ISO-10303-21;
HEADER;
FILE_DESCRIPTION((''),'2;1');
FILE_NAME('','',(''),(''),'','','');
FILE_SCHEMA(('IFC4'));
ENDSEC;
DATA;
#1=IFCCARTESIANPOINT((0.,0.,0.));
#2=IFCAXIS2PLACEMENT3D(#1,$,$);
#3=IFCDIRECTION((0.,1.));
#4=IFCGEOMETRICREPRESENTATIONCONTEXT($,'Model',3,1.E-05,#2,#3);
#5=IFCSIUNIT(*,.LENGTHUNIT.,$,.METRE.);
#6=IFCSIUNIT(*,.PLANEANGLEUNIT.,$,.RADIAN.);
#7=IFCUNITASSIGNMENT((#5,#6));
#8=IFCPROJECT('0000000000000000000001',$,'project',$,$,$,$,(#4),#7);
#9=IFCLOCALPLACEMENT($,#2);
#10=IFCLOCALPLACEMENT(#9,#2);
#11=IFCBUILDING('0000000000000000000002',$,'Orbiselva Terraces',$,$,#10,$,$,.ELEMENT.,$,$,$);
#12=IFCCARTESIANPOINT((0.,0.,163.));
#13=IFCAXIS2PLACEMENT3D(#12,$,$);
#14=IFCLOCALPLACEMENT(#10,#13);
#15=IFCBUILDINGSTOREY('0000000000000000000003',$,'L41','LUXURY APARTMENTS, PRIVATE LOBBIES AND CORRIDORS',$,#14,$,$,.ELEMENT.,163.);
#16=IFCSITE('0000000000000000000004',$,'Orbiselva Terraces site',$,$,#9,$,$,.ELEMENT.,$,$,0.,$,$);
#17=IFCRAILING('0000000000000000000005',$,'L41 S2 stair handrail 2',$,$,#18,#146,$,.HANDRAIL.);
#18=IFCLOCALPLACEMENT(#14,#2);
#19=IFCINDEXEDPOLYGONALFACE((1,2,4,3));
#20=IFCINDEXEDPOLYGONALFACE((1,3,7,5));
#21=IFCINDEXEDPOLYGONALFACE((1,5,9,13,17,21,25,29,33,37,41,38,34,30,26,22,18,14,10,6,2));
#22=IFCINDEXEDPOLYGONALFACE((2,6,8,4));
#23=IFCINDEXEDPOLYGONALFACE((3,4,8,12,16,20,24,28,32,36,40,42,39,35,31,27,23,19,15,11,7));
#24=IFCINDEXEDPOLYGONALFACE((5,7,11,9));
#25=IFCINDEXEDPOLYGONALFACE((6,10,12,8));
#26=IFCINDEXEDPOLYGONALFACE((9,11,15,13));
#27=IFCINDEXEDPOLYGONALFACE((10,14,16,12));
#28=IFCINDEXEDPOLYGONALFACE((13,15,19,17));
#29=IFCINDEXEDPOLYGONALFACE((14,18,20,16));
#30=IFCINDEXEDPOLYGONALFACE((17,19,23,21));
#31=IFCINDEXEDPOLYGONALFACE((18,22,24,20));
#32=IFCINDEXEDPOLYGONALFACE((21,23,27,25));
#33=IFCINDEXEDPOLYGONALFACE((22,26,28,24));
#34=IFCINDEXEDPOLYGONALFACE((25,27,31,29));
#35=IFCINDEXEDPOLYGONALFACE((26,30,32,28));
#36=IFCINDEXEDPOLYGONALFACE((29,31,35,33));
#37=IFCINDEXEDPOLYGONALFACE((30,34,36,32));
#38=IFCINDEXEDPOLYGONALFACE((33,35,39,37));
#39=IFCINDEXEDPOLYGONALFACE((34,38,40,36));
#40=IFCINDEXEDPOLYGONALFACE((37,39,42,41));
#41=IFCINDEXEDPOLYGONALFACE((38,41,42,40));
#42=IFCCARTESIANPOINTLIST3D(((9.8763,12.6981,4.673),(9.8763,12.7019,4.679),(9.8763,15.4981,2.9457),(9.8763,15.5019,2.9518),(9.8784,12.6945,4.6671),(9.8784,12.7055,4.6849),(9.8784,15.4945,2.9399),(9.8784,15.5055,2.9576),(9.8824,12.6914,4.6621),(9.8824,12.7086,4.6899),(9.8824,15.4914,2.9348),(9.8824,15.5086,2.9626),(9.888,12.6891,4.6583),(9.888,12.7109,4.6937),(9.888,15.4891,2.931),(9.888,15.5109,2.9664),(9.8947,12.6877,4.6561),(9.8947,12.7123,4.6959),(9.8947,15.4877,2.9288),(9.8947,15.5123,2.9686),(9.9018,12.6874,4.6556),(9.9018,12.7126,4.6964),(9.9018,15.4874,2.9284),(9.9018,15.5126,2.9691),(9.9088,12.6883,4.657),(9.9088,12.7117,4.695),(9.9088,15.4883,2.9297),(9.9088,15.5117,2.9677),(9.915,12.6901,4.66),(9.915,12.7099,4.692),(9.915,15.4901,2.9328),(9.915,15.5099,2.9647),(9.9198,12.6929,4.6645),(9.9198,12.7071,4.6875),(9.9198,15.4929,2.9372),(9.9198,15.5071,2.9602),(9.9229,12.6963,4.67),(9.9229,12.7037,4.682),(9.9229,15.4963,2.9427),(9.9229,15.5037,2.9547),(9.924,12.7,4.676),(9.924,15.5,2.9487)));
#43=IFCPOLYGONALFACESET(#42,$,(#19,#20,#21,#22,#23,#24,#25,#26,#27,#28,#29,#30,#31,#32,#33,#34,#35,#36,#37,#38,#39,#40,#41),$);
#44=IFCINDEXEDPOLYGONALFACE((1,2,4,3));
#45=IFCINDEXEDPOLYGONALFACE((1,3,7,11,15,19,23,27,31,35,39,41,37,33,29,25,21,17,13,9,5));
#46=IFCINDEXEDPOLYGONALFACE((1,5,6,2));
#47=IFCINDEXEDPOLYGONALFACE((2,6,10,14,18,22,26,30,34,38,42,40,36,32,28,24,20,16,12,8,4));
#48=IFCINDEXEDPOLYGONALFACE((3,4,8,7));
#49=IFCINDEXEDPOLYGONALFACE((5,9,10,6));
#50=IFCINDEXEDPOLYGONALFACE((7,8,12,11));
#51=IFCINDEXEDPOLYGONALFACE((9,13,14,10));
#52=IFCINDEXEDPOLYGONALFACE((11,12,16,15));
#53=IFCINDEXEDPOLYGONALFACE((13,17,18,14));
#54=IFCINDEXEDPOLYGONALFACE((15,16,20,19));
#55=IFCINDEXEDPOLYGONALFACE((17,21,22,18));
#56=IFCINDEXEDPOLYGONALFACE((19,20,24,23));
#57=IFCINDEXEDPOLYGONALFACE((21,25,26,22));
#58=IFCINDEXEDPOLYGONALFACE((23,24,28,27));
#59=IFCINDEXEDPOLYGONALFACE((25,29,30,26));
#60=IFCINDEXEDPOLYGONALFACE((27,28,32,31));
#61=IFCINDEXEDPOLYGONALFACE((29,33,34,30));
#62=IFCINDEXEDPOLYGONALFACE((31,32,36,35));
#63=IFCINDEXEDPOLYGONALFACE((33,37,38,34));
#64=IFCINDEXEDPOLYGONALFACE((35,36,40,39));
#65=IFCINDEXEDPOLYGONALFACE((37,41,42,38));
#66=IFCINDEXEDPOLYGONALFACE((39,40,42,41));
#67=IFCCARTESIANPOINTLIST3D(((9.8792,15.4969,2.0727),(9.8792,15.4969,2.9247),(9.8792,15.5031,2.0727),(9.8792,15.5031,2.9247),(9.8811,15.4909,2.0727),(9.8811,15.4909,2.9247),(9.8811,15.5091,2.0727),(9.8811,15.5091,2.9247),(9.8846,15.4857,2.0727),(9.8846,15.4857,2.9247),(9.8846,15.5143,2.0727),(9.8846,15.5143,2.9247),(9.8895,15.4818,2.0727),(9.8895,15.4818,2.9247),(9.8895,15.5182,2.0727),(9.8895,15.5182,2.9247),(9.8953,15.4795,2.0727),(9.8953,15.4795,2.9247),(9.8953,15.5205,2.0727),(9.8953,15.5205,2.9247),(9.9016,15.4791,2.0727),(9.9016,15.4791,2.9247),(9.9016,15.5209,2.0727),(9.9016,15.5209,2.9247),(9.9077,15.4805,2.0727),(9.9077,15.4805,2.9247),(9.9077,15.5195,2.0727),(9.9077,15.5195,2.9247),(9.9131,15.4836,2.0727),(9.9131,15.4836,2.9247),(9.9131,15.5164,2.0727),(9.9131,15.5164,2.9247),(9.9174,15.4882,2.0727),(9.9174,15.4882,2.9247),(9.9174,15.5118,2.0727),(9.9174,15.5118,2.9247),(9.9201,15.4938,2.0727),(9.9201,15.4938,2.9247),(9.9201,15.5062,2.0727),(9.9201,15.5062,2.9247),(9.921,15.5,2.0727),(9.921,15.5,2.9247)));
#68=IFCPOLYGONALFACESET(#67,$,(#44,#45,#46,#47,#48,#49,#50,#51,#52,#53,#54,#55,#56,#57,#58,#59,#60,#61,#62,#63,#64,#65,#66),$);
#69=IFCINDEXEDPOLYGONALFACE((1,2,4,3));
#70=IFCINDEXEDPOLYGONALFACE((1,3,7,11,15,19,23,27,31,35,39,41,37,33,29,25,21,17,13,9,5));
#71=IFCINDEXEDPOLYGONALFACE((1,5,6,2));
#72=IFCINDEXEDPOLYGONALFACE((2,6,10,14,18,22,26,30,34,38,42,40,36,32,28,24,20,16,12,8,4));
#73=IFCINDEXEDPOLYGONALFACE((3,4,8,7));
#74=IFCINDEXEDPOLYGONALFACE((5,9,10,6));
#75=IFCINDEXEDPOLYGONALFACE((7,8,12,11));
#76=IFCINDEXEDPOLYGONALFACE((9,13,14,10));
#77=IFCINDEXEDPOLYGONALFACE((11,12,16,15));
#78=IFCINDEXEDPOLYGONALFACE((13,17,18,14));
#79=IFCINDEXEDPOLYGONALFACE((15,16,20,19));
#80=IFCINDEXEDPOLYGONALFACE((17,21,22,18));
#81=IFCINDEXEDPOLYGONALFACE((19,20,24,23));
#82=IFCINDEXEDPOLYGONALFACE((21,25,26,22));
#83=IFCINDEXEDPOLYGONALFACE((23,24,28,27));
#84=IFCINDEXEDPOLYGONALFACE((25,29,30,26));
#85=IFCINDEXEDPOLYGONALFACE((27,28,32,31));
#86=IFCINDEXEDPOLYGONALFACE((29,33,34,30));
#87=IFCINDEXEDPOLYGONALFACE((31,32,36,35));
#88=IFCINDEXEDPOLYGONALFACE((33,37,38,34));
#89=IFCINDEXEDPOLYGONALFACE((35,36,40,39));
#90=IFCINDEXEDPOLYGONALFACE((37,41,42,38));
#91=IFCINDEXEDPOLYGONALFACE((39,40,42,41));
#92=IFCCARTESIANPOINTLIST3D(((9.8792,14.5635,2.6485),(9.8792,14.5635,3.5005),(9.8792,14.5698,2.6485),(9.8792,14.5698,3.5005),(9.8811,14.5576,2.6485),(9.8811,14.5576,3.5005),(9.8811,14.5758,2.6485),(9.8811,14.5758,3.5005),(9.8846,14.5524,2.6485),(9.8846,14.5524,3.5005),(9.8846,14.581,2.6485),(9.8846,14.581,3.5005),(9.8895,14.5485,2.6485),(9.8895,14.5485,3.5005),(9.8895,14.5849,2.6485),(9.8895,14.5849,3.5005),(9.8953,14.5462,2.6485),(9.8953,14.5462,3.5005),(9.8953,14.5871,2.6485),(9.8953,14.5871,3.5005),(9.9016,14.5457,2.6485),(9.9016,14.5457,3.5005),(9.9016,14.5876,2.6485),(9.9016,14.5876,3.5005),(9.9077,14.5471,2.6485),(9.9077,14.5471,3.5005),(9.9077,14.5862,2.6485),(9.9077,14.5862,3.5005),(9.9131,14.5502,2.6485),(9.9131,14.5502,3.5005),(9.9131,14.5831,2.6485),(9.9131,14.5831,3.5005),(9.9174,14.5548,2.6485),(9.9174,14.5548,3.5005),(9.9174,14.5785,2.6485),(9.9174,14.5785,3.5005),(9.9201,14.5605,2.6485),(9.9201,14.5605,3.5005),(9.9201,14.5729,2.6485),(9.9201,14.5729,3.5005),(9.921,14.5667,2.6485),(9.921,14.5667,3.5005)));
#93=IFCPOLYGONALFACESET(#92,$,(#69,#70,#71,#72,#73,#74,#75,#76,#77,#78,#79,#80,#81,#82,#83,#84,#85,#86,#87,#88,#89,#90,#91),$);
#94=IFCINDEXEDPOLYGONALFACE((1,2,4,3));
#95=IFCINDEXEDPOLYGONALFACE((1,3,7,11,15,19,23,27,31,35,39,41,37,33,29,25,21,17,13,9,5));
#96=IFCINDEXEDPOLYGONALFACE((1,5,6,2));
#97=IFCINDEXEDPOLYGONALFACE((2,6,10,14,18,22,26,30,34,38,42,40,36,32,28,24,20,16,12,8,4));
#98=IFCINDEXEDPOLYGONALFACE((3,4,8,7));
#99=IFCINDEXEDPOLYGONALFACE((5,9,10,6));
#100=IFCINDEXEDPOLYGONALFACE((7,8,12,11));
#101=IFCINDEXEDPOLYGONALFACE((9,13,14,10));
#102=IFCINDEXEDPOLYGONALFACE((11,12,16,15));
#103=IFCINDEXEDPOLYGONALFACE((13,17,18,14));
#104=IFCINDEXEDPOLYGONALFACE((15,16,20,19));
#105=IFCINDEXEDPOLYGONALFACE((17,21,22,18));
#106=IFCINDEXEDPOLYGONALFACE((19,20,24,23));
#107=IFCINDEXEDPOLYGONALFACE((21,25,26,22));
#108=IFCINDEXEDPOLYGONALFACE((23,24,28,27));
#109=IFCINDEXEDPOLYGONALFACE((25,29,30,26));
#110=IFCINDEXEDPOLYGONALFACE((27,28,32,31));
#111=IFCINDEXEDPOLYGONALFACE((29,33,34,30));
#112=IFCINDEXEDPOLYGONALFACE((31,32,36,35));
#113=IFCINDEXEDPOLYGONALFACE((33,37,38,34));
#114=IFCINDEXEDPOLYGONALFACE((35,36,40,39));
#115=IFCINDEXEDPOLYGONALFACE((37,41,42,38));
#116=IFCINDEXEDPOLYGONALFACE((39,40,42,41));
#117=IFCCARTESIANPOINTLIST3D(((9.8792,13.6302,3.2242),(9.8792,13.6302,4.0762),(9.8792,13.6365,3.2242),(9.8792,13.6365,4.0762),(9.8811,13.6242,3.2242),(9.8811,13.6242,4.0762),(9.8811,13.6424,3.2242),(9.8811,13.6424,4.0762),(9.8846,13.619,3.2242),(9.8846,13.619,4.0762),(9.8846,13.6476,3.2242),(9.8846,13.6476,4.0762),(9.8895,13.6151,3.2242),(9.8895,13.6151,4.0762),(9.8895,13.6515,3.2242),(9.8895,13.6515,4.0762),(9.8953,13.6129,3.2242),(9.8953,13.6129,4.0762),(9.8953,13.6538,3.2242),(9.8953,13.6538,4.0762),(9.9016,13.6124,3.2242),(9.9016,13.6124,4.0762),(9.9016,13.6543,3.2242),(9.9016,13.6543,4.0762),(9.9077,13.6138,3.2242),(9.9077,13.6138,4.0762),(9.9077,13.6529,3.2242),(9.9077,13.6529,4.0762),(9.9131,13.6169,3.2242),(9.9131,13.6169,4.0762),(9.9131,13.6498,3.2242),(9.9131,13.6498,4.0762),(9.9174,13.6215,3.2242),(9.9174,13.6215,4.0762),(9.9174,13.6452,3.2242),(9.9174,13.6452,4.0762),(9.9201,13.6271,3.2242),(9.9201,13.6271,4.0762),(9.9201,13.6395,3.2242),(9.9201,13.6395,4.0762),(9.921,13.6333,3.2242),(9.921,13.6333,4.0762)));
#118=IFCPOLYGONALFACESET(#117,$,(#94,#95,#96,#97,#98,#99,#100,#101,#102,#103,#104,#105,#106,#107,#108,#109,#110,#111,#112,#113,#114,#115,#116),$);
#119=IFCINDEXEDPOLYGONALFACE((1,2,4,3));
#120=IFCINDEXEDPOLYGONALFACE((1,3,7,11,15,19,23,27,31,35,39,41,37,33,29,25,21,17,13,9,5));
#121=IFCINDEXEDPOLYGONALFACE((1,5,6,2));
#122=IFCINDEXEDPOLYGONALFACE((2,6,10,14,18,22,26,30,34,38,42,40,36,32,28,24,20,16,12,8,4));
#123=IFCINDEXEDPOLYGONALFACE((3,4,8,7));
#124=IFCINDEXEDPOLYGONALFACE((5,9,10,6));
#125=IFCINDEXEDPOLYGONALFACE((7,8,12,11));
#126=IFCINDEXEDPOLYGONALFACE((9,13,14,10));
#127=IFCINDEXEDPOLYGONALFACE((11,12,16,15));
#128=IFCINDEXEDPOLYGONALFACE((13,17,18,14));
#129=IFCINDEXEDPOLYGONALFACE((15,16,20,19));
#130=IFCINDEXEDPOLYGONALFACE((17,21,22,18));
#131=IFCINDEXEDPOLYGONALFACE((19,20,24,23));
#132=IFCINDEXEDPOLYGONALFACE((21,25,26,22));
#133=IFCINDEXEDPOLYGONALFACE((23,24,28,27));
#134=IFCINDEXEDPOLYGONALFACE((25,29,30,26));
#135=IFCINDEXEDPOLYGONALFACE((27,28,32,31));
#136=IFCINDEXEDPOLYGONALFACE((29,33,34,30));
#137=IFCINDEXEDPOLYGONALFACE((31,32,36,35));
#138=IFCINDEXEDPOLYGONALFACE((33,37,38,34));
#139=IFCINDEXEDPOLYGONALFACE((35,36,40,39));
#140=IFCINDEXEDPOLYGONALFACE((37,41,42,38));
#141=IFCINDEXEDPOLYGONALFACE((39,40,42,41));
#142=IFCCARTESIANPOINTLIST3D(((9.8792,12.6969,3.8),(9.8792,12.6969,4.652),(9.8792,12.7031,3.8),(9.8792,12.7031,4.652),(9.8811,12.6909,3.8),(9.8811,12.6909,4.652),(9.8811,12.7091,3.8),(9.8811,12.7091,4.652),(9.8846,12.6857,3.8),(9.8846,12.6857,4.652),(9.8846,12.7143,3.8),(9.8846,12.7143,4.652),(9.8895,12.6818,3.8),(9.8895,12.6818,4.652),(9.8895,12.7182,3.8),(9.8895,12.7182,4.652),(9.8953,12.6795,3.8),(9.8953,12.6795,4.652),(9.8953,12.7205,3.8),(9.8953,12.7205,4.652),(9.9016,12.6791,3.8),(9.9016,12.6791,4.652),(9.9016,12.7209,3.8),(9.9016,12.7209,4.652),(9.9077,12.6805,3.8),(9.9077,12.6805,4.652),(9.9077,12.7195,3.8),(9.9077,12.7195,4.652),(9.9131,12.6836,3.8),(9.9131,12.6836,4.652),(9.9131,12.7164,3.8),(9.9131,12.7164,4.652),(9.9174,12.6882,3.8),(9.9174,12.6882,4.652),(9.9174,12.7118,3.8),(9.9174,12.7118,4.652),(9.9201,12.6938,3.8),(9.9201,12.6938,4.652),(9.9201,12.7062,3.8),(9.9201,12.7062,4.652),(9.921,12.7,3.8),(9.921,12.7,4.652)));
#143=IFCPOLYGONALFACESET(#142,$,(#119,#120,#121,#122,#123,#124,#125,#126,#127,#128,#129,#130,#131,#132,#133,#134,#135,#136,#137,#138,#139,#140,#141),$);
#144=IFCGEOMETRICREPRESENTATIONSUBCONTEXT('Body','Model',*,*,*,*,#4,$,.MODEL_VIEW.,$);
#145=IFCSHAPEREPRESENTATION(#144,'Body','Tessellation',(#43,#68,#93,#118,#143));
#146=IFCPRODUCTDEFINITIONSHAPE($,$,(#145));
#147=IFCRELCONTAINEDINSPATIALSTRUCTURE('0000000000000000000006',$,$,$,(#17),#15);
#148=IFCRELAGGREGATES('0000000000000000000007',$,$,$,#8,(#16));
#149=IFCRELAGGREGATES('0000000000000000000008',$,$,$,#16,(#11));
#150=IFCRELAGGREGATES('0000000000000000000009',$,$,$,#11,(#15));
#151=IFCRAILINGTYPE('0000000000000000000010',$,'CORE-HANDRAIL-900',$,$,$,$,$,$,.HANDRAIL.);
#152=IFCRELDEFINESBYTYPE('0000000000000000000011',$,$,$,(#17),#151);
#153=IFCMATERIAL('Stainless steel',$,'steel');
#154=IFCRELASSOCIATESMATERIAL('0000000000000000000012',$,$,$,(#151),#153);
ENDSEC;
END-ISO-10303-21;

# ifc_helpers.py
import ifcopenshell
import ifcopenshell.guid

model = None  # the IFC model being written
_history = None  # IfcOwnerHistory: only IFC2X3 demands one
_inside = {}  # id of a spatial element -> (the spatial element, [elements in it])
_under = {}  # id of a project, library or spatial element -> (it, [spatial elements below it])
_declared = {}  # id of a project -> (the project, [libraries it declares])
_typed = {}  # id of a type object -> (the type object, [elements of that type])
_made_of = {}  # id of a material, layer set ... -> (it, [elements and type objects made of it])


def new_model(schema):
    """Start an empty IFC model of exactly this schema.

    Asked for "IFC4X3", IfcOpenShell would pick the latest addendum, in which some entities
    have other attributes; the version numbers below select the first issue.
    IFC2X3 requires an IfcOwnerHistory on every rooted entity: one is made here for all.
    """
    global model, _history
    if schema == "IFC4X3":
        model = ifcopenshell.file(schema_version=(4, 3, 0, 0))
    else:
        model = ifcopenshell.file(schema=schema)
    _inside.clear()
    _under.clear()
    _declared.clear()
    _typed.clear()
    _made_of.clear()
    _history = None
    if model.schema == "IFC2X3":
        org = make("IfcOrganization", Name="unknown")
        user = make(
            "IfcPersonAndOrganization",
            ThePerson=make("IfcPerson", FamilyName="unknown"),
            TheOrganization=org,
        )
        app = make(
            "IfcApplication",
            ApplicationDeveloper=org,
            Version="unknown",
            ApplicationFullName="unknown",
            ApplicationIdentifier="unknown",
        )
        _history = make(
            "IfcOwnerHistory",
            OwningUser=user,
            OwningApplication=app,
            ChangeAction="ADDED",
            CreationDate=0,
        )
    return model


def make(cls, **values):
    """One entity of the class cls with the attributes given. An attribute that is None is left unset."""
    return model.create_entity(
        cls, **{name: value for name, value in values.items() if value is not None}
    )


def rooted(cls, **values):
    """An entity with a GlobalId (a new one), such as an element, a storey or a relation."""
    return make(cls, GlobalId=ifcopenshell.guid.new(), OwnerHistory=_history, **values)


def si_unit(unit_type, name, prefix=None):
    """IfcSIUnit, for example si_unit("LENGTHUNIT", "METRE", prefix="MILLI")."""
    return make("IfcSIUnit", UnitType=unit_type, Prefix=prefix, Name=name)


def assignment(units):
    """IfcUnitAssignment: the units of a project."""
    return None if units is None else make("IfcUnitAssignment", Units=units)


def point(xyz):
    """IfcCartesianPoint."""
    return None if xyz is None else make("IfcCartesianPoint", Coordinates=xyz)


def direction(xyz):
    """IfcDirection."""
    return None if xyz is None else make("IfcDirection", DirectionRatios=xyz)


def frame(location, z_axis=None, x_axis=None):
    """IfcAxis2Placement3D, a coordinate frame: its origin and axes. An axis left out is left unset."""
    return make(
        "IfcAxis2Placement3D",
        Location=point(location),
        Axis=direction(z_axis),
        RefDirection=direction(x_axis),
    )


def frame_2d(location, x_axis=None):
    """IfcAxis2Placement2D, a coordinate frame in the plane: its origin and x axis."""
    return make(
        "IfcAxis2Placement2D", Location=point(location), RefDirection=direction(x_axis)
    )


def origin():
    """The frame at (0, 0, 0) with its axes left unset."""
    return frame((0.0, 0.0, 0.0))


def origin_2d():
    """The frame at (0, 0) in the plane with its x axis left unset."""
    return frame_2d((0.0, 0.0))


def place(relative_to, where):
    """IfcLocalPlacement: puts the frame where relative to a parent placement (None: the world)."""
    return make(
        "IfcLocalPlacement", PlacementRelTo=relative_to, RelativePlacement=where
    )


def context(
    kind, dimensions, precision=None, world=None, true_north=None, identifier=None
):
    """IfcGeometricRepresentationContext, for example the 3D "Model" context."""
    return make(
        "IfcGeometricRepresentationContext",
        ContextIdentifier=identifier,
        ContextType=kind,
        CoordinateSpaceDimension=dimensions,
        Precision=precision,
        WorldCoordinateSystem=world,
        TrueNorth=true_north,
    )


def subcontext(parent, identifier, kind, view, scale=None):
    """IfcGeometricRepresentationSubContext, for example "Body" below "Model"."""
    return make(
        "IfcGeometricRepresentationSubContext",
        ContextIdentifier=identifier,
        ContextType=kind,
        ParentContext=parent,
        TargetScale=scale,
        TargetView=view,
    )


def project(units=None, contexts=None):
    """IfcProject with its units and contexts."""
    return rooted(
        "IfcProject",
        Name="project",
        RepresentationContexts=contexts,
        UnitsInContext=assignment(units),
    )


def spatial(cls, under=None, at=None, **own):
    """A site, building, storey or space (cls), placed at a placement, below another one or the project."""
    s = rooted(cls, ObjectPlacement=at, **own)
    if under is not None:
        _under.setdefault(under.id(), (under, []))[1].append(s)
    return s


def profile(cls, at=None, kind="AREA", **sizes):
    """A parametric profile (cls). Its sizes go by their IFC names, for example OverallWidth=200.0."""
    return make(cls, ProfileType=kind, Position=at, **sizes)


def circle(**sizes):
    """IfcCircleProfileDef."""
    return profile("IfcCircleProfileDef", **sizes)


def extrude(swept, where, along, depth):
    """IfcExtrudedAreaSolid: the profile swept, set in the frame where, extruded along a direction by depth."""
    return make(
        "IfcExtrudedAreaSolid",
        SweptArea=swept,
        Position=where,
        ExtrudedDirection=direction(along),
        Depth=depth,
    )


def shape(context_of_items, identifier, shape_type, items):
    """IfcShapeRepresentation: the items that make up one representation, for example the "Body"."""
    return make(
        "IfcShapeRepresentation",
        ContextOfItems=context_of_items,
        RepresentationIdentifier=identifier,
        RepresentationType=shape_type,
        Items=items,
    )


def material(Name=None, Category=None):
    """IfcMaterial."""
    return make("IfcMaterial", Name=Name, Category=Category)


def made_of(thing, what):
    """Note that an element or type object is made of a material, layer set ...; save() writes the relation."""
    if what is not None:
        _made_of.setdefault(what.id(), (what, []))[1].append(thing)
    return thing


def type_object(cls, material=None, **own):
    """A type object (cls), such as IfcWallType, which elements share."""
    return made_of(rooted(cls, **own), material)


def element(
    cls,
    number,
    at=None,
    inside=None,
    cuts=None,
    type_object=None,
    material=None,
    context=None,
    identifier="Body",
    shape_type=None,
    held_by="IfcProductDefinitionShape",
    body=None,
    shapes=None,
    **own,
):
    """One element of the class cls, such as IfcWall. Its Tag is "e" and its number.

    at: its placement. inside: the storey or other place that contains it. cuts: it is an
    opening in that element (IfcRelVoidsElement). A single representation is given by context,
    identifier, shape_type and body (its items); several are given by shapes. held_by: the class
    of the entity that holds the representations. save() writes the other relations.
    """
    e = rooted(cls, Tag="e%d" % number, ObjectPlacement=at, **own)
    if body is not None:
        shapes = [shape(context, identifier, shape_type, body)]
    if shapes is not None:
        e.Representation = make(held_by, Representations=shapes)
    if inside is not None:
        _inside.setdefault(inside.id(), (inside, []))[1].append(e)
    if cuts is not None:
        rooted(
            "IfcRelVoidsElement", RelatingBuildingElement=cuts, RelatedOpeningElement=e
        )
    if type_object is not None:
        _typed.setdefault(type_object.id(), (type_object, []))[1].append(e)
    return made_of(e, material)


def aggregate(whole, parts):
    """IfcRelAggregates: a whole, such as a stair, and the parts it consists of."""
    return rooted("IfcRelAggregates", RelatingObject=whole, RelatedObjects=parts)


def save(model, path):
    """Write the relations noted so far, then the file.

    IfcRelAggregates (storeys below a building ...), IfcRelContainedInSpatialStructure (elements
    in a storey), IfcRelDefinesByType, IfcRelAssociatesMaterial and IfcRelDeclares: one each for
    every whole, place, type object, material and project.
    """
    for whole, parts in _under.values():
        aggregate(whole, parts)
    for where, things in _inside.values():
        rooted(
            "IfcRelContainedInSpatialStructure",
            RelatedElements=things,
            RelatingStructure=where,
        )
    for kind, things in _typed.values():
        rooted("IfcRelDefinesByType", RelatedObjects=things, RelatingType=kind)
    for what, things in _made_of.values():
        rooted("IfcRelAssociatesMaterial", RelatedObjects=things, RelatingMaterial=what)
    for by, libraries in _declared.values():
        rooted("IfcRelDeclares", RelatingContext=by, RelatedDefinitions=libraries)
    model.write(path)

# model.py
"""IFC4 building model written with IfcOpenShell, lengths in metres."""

from ifc_helpers import new_model, si_unit, direction, frame, origin, origin_2d, place, context, subcontext, project, spatial, circle, extrude, material, type_object, element, save


model = new_model("IFC4")

# Units and contexts
model_context = context("Model", 3, precision=1e-05, world=origin(), true_north=direction((0.0, 1.0)))
body_context = subcontext(model_context, "Body", "Model", "MODEL_VIEW")
ifc_project = project(units=[si_unit("LENGTHUNIT", "METRE"), si_unit("PLANEANGLEUNIT", "RADIAN")], contexts=[model_context])

# Site, building, storey
site_placement = place(None, origin())
site = spatial("IfcSite", under=ifc_project, at=site_placement, Name="Orbiselva Terraces site", CompositionType="ELEMENT", RefElevation=0.0)
building_placement = place(site_placement, origin())
building = spatial("IfcBuilding", under=site, at=building_placement, Name="Orbiselva Terraces", CompositionType="ELEMENT")
storey_placement = place(building_placement, frame((0.0, 0.0, 163.0)))
storey = spatial("IfcBuildingStorey", under=building, at=storey_placement, Name="L41", Description="LUXURY APARTMENTS, PRIVATE LOBBIES AND CORRIDORS", CompositionType="ELEMENT", Elevation=163.0)

# Railing
ifc_material_1 = material(Name="Stainless steel", Category="steel")
railing_type = type_object("IfcRailingType", Name="CORE-HANDRAIL-900", PredefinedType="HANDRAIL", material=ifc_material_1)
railing_placement = place(storey_placement, frame((9.9, 15.5, 2.0727)))
element("IfcRailing", 1, at=railing_placement, inside=storey, type_object=railing_type, Name="L41 S2 stair handrail 2", PredefinedType="HANDRAIL", context=body_context, shape_type="SweptSolid", body=[
    extrude(circle(Radius=0.024, at=origin_2d()), frame((0.0, 0.0, 0.876), z_axis=(0.0, -0.851089, 0.525022), x_axis=(1.0, 0.0, 0.0)), (0.0, 0.0, 1.0), 3.2899),
    extrude(circle(Radius=0.021, at=origin_2d()), origin(), (0.0, 0.0, 1.0), 0.852),
    extrude(circle(Radius=0.021, at=origin_2d()), frame((0.0, -0.9333, 0.5758)), (0.0, 0.0, 1.0), 0.852),
    extrude(circle(Radius=0.021, at=origin_2d()), frame((0.0, -1.8667, 1.1515)), (0.0, 0.0, 1.0), 0.852),
    extrude(circle(Radius=0.021, at=origin_2d()), frame((0.0, -2.8, 1.7273)), (0.0, 0.0, 1.0), 0.852),
])

save(model, "model.ifc")
